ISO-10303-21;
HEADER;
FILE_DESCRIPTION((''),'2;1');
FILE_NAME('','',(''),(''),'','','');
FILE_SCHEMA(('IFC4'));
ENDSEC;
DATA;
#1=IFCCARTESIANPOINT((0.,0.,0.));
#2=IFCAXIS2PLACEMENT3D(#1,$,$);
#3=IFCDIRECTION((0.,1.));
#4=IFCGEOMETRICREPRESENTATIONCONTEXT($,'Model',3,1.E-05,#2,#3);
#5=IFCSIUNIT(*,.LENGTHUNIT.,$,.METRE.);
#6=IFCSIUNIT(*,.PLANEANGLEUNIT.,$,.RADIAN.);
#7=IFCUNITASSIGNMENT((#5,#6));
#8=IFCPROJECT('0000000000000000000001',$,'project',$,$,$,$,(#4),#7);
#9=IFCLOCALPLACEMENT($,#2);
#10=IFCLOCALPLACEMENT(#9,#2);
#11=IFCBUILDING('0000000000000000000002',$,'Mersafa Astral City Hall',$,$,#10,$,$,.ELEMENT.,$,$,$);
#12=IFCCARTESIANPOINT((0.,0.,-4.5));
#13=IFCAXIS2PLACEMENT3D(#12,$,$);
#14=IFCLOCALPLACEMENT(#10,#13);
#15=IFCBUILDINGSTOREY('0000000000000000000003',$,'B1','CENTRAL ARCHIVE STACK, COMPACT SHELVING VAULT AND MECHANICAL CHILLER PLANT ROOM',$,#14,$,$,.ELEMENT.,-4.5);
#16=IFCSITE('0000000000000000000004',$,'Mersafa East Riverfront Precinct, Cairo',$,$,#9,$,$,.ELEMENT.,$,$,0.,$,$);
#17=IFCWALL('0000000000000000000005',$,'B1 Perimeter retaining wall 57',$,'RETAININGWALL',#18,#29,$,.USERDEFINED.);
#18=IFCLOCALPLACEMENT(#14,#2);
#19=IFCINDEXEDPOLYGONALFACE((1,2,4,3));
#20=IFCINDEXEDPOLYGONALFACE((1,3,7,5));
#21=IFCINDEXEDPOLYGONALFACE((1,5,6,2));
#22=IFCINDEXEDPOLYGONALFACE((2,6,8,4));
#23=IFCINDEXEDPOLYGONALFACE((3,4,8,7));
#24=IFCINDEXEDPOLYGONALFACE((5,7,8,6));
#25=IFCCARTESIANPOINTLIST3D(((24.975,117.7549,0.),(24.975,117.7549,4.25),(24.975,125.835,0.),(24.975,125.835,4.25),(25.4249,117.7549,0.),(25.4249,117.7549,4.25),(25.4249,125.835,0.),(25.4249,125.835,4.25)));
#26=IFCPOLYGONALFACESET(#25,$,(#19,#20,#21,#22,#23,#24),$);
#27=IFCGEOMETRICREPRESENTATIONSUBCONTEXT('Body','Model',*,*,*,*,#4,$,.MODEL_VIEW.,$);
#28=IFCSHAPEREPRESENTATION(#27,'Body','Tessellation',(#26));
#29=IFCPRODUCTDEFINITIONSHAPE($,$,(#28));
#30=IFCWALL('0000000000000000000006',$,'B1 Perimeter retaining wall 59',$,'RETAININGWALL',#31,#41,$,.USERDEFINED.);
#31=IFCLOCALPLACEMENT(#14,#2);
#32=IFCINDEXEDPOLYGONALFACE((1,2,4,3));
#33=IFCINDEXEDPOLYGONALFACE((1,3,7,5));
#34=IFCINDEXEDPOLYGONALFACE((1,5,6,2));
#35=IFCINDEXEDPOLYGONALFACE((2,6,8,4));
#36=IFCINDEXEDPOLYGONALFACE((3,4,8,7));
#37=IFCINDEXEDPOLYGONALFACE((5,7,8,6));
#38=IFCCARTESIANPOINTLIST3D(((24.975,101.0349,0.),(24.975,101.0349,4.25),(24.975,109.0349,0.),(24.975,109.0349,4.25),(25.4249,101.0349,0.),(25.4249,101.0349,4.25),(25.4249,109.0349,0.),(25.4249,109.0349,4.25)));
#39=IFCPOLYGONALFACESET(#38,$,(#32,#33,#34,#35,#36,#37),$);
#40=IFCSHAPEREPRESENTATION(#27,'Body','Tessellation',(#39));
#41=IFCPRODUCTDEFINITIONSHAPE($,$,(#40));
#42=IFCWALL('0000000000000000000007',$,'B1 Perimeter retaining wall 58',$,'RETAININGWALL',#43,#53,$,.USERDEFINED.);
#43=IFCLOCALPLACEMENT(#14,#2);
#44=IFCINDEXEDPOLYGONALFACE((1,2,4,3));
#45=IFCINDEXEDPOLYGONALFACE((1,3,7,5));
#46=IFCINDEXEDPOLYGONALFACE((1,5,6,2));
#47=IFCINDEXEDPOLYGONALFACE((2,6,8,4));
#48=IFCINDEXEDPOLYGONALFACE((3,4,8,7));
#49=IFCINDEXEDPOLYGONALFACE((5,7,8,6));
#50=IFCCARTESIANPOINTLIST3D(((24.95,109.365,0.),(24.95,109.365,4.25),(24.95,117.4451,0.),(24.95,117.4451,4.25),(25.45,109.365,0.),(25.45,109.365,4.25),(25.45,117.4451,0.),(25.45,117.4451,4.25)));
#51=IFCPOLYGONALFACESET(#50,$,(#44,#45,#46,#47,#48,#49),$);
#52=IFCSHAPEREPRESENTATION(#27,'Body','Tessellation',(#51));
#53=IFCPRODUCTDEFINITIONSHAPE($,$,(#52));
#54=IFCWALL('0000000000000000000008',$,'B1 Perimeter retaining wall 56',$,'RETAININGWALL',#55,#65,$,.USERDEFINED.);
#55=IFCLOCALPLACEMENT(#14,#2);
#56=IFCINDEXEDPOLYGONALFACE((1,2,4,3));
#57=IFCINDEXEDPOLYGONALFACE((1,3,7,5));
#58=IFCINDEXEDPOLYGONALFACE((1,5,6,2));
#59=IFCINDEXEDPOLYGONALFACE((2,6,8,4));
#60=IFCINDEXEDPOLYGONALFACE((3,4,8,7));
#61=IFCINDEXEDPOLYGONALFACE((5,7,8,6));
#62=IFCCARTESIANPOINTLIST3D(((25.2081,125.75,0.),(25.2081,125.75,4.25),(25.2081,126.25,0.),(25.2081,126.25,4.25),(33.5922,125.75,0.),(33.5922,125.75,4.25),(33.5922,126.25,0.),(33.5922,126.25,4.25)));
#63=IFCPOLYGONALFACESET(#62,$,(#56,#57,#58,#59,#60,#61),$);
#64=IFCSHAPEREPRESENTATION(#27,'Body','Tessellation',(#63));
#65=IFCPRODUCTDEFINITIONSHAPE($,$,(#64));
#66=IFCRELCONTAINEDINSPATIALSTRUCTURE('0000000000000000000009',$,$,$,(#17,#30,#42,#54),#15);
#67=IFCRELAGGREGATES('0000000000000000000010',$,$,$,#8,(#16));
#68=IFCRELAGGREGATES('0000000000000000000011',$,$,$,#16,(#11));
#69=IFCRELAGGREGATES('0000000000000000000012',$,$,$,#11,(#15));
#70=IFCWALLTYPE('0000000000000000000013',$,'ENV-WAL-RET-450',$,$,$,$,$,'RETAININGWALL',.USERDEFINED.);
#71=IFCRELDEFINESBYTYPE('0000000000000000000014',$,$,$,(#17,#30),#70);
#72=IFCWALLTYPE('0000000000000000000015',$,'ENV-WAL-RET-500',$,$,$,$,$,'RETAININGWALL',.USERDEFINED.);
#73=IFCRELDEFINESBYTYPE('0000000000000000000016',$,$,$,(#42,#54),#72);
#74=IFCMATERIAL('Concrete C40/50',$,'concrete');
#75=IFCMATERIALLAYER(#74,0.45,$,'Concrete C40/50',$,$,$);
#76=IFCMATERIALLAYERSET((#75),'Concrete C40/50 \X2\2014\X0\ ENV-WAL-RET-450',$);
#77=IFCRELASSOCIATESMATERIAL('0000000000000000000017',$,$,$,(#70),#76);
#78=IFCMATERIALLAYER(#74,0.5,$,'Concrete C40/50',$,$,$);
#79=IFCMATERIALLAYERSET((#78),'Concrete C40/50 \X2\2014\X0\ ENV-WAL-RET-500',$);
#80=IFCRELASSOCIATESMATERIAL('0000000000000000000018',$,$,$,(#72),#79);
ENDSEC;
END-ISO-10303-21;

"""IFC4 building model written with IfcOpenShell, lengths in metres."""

from ifc_helpers import new_model, si_unit, direction, frame, frame_2d, origin, place, context, subcontext, project, spatial, rectangle, extrude, material, layer, layer_set, type_object, element, save


model = new_model("IFC4")

# Units and contexts
model_context = context("Model", 3, precision=1e-05, world=origin(), true_north=direction((0.0, 1.0)))
body_context = subcontext(model_context, "Body", "Model", "MODEL_VIEW")
ifc_project = project(units=[si_unit("LENGTHUNIT", "METRE"), si_unit("PLANEANGLEUNIT", "RADIAN")], contexts=[model_context])

# Site, building, storey
site_placement = place(None, origin())
site = spatial("IfcSite", under=ifc_project, at=site_placement, Name="Mersafa East Riverfront Precinct, Cairo", CompositionType="ELEMENT", RefElevation=0.0)
building_placement = place(site_placement, origin())
building = spatial("IfcBuilding", under=site, at=building_placement, Name="Mersafa Astral City Hall", CompositionType="ELEMENT")
storey_placement = place(building_placement, frame((0.0, 0.0, -4.5)))
storey = spatial("IfcBuildingStorey", under=building, at=storey_placement, Name="B1", Description="CENTRAL ARCHIVE STACK, COMPACT SHELVING VAULT AND MECHANICAL CHILLER PLANT ROOM", CompositionType="ELEMENT", Elevation=-4.5)

# Shared definitions
ifc_material_1 = material(Name="Concrete C40/50", Category="concrete")

# Walls
ifc_layer_1 = layer(ifc_material_1, 0.45, Name="Concrete C40/50")
ifc_layer_set_1 = layer_set([ifc_layer_1], Name="Concrete C40/50 — ENV-WAL-RET-450")
wall_type_1 = type_object("IfcWallType", Name="ENV-WAL-RET-450", ElementType="RETAININGWALL", PredefinedType="USERDEFINED", material=ifc_layer_set_1)
wall_1_placement = place(storey_placement, frame((25.2, 125.835, 0.0), z_axis=(0.0, 0.0, 1.0), x_axis=(0.0, -1.0, 0.0)))
element("IfcWall", 1, at=wall_1_placement, inside=storey, type_object=wall_type_1, Name="B1 Perimeter retaining wall 57", ObjectType="RETAININGWALL", PredefinedType="USERDEFINED", context=body_context, shape_type="SweptSolid", body=[
    extrude(rectangle(XDim=8.0801, YDim=0.45, at=frame_2d((4.04, 0.0))), origin(), (0.0, 0.0, 1.0), 4.25),
])
wall_2_placement = place(storey_placement, frame((25.2, 109.0349, 0.0), z_axis=(0.0, 0.0, 1.0), x_axis=(0.0, -1.0, 0.0)))
element("IfcWall", 2, at=wall_2_placement, inside=storey, type_object=wall_type_1, Name="B1 Perimeter retaining wall 59", ObjectType="RETAININGWALL", PredefinedType="USERDEFINED", context=body_context, shape_type="SweptSolid", body=[
    extrude(rectangle(XDim=8.0, YDim=0.45, at=frame_2d((4.0, 0.0))), origin(), (0.0, 0.0, 1.0), 4.25),
])
ifc_layer_2 = layer(ifc_material_1, 0.5, Name="Concrete C40/50")
ifc_layer_set_2 = layer_set([ifc_layer_2], Name="Concrete C40/50 — ENV-WAL-RET-500")
wall_type_2 = type_object("IfcWallType", Name="ENV-WAL-RET-500", ElementType="RETAININGWALL", PredefinedType="USERDEFINED", material=ifc_layer_set_2)
wall_3_placement = place(storey_placement, frame((25.2, 117.4451, 0.0), z_axis=(0.0, 0.0, 1.0), x_axis=(0.0, -1.0, 0.0)))
element("IfcWall", 3, at=wall_3_placement, inside=storey, type_object=wall_type_2, Name="B1 Perimeter retaining wall 58", ObjectType="RETAININGWALL", PredefinedType="USERDEFINED", context=body_context, shape_type="SweptSolid", body=[
    extrude(rectangle(XDim=8.0801, YDim=0.5, at=frame_2d((4.04, 0.0))), origin(), (0.0, 0.0, 1.0), 4.25),
])
wall_4_placement = place(storey_placement, frame((33.592, 126.0, 0.0), z_axis=(0.0, 0.0, 1.0), x_axis=(-1.0, 0.0, 0.0)))
element("IfcWall", 4, at=wall_4_placement, inside=storey, type_object=wall_type_2, Name="B1 Perimeter retaining wall 56", ObjectType="RETAININGWALL", PredefinedType="USERDEFINED", context=body_context, shape_type="SweptSolid", body=[
    extrude(rectangle(XDim=8.384, YDim=0.5, at=frame_2d((4.1919, 0.0))), origin(), (0.0, 0.0, 1.0), 4.25),
])

save(model, "model.ifc")
